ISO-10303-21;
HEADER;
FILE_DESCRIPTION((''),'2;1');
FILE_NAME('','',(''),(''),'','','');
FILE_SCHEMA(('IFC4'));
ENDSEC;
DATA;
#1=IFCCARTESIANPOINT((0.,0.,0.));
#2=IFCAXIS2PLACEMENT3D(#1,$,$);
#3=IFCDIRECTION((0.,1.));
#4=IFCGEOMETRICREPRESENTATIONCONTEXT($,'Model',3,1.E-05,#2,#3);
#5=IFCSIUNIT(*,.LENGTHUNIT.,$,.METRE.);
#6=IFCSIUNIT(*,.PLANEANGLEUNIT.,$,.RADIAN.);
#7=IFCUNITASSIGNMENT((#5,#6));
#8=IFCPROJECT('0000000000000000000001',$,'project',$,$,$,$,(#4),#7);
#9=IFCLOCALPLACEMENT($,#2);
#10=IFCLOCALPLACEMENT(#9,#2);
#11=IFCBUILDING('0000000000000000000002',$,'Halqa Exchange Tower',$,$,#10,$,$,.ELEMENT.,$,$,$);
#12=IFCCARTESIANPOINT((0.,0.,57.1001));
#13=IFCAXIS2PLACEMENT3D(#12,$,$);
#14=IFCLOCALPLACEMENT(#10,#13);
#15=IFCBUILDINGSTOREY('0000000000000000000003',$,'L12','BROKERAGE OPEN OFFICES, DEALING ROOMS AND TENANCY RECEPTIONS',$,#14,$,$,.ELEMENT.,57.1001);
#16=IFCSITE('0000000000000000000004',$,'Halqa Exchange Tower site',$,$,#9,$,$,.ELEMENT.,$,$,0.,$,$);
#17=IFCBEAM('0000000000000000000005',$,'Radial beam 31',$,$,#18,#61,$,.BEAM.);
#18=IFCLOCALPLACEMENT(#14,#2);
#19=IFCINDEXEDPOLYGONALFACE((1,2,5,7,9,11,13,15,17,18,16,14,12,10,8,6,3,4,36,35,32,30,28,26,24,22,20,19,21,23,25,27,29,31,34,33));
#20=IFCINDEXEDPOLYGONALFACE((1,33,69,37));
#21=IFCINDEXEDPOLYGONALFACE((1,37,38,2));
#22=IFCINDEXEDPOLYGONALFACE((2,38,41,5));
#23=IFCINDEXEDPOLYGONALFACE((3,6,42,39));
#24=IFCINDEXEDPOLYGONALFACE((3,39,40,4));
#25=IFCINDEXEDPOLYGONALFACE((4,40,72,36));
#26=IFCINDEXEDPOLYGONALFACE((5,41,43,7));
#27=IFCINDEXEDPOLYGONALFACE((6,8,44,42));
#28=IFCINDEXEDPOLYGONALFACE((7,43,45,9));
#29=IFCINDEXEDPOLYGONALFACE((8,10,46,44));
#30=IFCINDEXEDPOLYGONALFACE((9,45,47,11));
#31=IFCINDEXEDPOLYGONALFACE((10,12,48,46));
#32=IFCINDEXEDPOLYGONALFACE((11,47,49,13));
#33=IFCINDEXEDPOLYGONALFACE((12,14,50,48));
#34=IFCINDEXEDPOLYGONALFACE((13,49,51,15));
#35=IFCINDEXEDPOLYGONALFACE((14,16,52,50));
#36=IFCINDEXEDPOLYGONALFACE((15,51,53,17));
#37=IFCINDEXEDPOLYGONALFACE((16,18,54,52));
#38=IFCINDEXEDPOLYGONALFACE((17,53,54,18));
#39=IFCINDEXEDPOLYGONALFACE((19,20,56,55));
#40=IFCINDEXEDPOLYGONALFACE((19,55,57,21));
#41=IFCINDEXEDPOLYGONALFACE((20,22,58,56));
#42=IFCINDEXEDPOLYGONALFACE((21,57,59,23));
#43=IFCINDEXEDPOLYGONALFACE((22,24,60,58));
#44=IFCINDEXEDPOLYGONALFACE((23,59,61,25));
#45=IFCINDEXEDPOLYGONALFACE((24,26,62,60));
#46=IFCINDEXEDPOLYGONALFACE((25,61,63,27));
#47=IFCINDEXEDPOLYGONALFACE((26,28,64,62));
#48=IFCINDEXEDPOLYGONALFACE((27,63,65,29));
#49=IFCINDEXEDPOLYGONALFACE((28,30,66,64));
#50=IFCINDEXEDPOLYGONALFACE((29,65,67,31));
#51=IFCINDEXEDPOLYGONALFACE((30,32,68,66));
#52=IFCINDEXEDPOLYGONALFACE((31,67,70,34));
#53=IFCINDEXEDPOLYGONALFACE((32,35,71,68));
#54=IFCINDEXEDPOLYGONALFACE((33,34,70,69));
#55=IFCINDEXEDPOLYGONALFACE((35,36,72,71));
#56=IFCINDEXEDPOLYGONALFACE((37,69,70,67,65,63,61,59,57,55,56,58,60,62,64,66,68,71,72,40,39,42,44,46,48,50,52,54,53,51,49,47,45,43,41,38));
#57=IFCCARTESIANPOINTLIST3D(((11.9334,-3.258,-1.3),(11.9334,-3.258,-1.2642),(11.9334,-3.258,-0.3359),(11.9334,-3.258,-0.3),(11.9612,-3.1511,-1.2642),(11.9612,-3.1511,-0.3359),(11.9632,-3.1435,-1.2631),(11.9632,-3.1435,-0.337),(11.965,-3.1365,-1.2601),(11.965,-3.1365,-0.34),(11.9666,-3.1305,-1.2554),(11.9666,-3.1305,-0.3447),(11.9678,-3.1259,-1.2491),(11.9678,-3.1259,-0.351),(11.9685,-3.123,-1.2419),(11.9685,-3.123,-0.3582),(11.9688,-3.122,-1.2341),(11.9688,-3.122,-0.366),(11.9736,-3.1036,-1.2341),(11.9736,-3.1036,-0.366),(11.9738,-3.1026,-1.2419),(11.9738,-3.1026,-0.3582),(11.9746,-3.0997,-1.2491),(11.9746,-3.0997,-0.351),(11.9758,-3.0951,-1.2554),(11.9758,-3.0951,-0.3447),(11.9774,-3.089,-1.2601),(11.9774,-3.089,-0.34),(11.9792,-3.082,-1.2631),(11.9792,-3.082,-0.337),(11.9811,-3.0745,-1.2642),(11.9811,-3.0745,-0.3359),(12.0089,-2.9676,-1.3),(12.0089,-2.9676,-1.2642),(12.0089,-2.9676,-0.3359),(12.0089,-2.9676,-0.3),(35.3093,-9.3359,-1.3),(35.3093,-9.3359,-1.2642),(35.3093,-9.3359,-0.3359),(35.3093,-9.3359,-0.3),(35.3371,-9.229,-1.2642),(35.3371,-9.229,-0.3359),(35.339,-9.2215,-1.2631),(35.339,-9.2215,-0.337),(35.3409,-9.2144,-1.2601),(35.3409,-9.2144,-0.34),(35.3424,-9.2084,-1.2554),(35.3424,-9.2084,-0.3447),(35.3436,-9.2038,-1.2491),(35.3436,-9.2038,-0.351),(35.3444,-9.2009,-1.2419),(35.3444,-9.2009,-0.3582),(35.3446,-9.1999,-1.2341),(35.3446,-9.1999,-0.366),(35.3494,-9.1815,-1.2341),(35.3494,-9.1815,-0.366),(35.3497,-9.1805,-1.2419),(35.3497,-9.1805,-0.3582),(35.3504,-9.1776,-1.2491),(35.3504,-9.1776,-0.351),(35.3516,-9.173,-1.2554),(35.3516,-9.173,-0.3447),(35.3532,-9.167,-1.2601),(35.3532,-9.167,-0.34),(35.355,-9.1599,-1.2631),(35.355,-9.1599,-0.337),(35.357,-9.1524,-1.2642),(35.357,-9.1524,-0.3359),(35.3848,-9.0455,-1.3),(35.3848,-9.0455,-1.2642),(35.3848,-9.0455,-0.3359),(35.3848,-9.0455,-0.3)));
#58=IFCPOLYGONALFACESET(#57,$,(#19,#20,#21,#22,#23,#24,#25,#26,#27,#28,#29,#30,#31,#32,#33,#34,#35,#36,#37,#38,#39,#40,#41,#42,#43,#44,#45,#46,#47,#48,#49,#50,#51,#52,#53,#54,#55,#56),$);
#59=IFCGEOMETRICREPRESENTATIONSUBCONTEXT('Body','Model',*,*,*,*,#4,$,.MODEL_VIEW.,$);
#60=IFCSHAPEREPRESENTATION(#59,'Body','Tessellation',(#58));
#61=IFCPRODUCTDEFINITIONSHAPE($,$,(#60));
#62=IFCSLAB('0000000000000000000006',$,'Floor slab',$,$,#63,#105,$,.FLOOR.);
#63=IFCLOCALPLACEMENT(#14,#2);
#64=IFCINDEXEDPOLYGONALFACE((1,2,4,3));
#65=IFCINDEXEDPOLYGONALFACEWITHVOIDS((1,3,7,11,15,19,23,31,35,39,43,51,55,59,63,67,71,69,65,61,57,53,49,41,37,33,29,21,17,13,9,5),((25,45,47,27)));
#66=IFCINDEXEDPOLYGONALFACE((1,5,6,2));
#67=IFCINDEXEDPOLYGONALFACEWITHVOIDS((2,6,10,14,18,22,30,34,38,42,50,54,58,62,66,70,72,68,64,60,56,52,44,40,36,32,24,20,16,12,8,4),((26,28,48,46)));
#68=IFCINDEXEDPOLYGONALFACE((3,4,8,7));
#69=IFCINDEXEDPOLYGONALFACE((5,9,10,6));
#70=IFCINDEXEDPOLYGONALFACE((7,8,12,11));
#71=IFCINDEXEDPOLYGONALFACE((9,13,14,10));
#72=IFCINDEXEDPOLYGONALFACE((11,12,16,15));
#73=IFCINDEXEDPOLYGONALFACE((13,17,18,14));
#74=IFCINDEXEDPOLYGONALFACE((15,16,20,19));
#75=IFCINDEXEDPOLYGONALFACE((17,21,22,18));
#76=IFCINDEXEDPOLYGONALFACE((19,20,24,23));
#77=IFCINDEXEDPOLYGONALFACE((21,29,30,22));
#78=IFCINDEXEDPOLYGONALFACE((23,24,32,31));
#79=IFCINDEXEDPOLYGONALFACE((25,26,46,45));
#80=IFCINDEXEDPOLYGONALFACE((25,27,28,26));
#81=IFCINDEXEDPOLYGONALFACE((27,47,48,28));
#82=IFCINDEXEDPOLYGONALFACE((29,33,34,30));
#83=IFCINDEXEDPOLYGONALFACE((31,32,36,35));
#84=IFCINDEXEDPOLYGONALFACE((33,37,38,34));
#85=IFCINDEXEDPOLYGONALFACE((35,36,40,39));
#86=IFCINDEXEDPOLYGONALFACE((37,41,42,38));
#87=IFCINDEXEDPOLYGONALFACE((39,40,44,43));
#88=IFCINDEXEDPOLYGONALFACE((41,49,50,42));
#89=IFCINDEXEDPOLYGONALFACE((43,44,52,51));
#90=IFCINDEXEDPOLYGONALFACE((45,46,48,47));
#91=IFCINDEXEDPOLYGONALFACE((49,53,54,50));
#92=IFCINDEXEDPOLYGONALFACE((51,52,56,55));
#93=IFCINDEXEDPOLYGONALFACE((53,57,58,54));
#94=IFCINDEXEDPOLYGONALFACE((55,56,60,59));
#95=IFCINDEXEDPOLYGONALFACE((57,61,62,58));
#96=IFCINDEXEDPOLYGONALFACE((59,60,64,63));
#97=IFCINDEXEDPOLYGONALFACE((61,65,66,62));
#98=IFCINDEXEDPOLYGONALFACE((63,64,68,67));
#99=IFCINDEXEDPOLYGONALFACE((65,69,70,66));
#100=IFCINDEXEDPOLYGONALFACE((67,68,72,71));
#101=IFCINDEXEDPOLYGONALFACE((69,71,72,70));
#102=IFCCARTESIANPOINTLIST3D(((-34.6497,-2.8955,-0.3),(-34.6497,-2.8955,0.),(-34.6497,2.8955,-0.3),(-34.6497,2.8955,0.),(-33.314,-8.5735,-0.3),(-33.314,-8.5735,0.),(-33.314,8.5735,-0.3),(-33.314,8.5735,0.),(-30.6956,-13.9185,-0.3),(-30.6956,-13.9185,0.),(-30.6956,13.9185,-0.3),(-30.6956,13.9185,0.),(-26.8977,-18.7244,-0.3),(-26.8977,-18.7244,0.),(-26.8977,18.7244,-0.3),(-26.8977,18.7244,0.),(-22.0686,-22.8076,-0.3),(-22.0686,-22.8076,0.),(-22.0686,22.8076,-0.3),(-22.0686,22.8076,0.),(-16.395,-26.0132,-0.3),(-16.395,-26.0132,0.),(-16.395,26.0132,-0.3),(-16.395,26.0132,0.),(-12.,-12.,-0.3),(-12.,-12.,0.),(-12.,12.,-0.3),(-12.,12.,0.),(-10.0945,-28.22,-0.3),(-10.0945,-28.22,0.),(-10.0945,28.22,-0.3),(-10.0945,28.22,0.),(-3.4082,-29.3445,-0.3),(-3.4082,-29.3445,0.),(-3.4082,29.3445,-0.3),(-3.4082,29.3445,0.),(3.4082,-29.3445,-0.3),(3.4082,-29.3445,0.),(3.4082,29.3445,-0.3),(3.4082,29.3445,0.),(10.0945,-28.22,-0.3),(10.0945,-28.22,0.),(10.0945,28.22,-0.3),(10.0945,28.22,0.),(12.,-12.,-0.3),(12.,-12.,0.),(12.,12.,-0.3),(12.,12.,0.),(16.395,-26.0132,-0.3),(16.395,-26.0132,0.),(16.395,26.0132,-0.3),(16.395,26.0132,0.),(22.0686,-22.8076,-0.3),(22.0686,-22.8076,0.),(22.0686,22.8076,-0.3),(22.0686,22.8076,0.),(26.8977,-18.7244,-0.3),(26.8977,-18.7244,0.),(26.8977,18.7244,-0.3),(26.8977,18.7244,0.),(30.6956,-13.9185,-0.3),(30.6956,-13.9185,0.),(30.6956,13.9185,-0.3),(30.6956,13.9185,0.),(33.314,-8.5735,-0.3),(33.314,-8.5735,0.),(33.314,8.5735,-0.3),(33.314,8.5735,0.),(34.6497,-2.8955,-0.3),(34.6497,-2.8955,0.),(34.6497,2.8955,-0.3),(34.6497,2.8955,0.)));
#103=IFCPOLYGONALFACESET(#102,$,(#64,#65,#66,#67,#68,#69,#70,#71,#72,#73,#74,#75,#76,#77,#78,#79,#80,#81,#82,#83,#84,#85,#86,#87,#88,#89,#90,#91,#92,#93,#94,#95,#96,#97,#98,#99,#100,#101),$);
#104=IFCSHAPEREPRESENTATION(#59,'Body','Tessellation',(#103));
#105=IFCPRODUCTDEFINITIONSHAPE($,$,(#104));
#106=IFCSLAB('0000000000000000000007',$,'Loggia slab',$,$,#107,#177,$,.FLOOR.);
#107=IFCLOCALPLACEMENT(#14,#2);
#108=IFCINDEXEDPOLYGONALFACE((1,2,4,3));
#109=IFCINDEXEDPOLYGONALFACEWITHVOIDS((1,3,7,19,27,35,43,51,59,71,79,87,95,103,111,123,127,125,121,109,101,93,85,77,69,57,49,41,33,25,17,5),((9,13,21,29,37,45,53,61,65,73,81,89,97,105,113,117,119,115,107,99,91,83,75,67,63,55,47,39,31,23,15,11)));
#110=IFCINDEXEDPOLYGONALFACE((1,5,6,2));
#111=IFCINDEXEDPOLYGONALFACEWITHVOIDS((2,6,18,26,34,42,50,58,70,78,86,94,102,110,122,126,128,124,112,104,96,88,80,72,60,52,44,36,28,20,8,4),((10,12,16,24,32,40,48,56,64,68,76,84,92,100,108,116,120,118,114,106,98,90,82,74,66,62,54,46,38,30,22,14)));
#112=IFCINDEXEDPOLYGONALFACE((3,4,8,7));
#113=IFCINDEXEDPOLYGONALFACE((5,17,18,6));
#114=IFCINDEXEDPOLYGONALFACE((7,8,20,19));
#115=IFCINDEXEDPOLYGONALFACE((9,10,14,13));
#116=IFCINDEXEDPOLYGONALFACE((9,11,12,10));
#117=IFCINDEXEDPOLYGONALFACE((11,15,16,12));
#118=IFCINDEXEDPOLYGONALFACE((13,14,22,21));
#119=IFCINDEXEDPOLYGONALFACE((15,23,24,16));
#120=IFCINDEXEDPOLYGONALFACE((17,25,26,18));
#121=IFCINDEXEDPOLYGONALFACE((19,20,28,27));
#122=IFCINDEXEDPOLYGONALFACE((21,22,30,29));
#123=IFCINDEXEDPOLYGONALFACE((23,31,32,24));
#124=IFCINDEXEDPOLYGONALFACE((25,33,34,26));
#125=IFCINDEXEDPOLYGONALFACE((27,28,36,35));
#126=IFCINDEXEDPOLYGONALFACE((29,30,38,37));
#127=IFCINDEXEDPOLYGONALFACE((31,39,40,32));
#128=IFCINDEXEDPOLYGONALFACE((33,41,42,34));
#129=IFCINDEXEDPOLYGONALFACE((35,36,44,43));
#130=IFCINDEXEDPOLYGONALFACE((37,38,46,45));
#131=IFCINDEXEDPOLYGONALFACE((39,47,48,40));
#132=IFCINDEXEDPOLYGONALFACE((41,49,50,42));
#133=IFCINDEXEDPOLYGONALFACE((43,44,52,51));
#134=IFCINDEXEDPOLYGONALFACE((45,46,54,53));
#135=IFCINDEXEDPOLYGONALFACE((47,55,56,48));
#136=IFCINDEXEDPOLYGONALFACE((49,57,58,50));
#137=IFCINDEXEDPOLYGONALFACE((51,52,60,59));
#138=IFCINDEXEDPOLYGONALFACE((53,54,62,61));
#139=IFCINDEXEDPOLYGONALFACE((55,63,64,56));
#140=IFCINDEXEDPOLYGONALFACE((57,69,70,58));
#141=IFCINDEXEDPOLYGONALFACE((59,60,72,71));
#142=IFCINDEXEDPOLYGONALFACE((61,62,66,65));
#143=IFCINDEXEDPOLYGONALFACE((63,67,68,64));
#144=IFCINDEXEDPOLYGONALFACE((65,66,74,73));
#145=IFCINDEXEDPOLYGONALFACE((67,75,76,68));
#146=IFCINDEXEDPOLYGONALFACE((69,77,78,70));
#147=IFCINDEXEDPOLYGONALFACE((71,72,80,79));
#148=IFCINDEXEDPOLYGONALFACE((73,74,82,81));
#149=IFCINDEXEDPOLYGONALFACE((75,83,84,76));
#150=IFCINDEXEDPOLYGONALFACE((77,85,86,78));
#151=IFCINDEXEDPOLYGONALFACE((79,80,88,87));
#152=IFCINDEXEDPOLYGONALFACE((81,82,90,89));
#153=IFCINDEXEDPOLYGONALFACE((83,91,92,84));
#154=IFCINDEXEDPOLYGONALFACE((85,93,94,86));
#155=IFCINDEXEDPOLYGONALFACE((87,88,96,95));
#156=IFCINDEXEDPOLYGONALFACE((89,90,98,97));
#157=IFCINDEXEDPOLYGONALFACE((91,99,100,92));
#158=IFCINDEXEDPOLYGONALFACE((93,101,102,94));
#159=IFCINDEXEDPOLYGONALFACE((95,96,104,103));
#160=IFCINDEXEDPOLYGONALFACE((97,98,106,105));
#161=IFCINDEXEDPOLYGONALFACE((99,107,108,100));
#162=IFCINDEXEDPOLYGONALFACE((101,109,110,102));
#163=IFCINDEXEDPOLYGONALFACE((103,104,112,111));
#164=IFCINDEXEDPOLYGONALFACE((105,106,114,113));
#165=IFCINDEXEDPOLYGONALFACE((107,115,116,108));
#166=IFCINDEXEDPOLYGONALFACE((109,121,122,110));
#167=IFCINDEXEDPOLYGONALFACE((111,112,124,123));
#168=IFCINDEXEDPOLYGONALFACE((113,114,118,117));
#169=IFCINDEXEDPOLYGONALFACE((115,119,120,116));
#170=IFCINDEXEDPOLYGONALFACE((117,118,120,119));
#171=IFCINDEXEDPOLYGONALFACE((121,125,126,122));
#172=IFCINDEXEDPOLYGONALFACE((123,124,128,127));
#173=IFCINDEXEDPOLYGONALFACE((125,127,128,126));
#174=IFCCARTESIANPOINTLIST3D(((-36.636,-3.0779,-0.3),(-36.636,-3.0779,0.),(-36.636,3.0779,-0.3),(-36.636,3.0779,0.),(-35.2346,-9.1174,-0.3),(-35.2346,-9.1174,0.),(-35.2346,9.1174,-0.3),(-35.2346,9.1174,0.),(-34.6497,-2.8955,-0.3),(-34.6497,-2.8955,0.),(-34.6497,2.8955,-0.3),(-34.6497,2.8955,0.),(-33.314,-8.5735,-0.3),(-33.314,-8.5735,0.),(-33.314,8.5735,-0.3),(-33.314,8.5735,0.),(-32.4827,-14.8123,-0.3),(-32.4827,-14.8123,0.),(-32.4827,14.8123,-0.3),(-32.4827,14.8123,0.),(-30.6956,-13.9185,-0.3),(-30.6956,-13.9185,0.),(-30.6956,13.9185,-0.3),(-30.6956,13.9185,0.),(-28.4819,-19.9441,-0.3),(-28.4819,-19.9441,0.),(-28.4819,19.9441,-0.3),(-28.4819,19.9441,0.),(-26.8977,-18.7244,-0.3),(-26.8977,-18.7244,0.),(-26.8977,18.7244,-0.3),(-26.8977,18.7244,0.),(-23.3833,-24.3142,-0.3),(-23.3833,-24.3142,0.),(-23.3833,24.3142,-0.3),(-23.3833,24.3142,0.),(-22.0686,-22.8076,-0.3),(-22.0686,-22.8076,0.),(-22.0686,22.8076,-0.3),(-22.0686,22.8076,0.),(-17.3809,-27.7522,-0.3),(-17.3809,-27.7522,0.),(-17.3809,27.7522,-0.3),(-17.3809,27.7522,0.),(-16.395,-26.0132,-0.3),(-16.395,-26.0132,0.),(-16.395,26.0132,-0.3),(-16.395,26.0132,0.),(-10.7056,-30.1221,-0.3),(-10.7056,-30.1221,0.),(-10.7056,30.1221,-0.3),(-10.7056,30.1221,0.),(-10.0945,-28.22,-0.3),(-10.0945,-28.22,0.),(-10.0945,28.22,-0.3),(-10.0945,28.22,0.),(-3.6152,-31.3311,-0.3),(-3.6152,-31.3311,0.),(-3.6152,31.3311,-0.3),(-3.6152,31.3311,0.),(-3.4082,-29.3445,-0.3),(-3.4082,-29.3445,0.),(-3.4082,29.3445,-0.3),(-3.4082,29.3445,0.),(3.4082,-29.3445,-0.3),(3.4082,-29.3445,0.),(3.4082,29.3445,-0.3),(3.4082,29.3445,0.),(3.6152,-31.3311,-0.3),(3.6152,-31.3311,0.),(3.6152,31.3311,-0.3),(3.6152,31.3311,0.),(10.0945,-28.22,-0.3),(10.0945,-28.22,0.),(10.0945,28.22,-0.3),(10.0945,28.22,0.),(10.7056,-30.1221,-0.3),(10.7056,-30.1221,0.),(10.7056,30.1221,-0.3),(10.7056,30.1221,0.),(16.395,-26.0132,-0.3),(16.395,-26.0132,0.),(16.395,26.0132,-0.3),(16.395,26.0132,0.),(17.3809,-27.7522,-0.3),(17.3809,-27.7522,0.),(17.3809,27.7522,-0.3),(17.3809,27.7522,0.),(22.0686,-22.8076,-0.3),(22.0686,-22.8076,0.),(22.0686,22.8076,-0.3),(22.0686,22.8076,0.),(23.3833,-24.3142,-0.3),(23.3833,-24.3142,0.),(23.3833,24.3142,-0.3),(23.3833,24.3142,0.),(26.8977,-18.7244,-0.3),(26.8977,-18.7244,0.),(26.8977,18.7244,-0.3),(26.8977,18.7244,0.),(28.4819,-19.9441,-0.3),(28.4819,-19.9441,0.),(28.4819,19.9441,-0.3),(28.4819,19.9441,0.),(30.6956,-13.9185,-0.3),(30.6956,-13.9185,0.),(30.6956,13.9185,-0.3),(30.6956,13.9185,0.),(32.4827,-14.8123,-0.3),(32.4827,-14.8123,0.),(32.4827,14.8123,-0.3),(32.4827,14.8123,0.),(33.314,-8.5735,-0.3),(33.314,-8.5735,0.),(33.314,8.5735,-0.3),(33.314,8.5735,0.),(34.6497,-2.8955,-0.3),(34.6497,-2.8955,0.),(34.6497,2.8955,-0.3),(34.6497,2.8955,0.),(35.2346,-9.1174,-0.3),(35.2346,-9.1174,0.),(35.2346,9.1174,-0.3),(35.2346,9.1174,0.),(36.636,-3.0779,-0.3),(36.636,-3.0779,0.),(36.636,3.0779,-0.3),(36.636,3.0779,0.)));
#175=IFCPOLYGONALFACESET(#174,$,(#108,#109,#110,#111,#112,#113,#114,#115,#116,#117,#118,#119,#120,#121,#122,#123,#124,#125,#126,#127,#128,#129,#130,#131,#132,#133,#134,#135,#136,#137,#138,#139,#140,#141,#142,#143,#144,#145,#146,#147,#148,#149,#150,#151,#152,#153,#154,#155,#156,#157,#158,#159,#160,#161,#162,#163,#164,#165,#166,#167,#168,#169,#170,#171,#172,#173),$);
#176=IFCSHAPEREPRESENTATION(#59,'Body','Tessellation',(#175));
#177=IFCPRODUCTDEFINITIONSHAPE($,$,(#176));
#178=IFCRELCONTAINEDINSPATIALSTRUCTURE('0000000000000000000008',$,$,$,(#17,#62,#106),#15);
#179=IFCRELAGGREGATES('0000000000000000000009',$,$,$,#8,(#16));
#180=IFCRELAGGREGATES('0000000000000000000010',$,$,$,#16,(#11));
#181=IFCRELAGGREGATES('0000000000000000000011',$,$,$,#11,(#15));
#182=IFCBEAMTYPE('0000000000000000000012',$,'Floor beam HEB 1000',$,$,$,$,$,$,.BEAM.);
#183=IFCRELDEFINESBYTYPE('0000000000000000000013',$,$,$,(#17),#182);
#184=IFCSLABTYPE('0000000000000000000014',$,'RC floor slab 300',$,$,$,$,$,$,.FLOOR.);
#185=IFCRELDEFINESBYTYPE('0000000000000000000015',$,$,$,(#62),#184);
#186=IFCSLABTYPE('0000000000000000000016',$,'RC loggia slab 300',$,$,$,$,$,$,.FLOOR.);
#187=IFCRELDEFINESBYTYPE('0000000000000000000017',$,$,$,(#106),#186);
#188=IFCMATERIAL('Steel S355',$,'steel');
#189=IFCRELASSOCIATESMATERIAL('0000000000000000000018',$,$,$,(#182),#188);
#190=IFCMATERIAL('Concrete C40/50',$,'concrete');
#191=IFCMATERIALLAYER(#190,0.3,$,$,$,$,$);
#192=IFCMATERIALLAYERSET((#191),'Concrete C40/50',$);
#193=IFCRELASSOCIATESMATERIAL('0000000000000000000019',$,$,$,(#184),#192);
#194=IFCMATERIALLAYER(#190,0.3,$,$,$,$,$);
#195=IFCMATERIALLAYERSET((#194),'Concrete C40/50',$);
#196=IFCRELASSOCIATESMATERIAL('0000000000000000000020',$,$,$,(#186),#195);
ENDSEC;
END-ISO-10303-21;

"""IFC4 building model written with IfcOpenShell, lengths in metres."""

from ifc_helpers import new_model, si_unit, direction, frame, origin, origin_2d, place, context, subcontext, project, spatial, polyline, i_section, outline, extrude, material, layer, layer_set, material_profile, profile_set, type_object, element, save


model = new_model("IFC4")

# Units and contexts
model_context = context("Model", 3, precision=1e-05, world=origin(), true_north=direction((0.0, 1.0)))
body_context = subcontext(model_context, "Body", "Model", "MODEL_VIEW")
ifc_project = project(units=[si_unit("LENGTHUNIT", "METRE"), si_unit("PLANEANGLEUNIT", "RADIAN")], contexts=[model_context])

# Site, building, storey
site_placement = place(None, origin())
site = spatial("IfcSite", under=ifc_project, at=site_placement, Name="Halqa Exchange Tower site", CompositionType="ELEMENT", RefElevation=0.0)
building_placement = place(site_placement, origin())
building = spatial("IfcBuilding", under=site, at=building_placement, Name="Halqa Exchange Tower", CompositionType="ELEMENT")
storey_placement = place(building_placement, frame((0.0, 0.0, 57.1001)))
storey = spatial("IfcBuildingStorey", under=building, at=storey_placement, Name="L12", Description="BROKERAGE OPEN OFFICES, DEALING ROOMS AND TENANCY RECEPTIONS", CompositionType="ELEMENT", Elevation=57.1001)

# Beam
ifc_material_1 = material(Name="Steel S355", Category="steel")
ifc_material_profile = material_profile(ifc_material_1, i_section(OverallWidth=0.3, OverallDepth=1.0, WebThickness=0.019, FlangeThickness=0.0359, FilletRadius=0.03, at=origin_2d()), Name="HEB 1000")
ifc_profile_set = profile_set([ifc_material_profile], Name="Steel S355")
beam_type = type_object("IfcBeamType", Name="Floor beam HEB 1000", PredefinedType="BEAM", material=ifc_profile_set)
beam_placement = place(storey_placement, frame((11.9712, -3.1128, -0.8), z_axis=(0.967821, -0.251641, 0.0), x_axis=(0.251641, 0.967821, 0.0)))
element("IfcBeam", 1, at=beam_placement, inside=storey, type_object=beam_type, Name="Radial beam 31", PredefinedType="BEAM", context=body_context, shape_type="SweptSolid", body=[
    extrude(i_section(OverallWidth=0.3, OverallDepth=1.0, WebThickness=0.019, FlangeThickness=0.0359, FilletRadius=0.03, at=origin_2d()), origin(), (0.0, 0.0, 1.0), 24.1531),
])

# Slabs
ifc_material_2 = material(Name="Concrete C40/50", Category="concrete")
ifc_layer_1 = layer(ifc_material_2, 0.3)
ifc_layer_set_1 = layer_set([ifc_layer_1], Name="Concrete C40/50")
slab_type_1 = type_object("IfcSlabType", Name="RC floor slab 300", PredefinedType="FLOOR", material=ifc_layer_set_1)
slab_1_placement = place(storey_placement, frame((0.0, 0.0, -0.3)))
element("IfcSlab", 2, at=slab_1_placement, inside=storey, type_object=slab_type_1, Name="Floor slab", PredefinedType="FLOOR", context=body_context, shape_type="SweptSolid", body=[
    extrude(outline(polyline([(34.6497, 2.8955), (33.314, 8.5735), (30.6956, 13.9185), (26.8977, 18.7244), (22.0686, 22.8076), (16.395, 26.0132), (10.0945, 28.22), (3.4082, 29.3445), (-3.4082, 29.3445), (-10.0945, 28.22), (-16.395, 26.0132), (-22.0686, 22.8076), (-26.8977, 18.7244), (-30.6956, 13.9185), (-33.314, 8.5735), (-34.6497, 2.8955), (-34.6497, -2.8955), (-33.314, -8.5735), (-30.6956, -13.9185), (-26.8977, -18.7244), (-22.0686, -22.8076), (-16.395, -26.0132), (-10.0945, -28.22), (-3.4082, -29.3445), (3.4082, -29.3445), (10.0945, -28.22), (16.395, -26.0132), (22.0686, -22.8076), (26.8977, -18.7244), (30.6956, -13.9185), (33.314, -8.5735), (34.6497, -2.8955), (34.6497, 2.8955)]), holes=[polyline([(-12.0, -12.0), (12.0, -12.0), (12.0, 12.0), (-12.0, 12.0), (-12.0, -12.0)])]), origin(), (0.0, 0.0, 1.0), 0.3),
])
ifc_layer_2 = layer(ifc_material_2, 0.3)
ifc_layer_set_2 = layer_set([ifc_layer_2], Name="Concrete C40/50")
slab_type_2 = type_object("IfcSlabType", Name="RC loggia slab 300", PredefinedType="FLOOR", material=ifc_layer_set_2)
slab_2_placement = place(storey_placement, frame((0.0, 0.0, -0.3)))
element("IfcSlab", 3, at=slab_2_placement, inside=storey, type_object=slab_type_2, Name="Loggia slab", PredefinedType="FLOOR", context=body_context, shape_type="SweptSolid", body=[
    extrude(outline(polyline([(36.636, 3.0779), (36.636, -3.0779), (35.2346, -9.1174), (32.4827, -14.8123), (28.4819, -19.9441), (23.3833, -24.3142), (17.3809, -27.7522), (10.7056, -30.1221), (3.6152, -31.3311), (-3.6152, -31.3311), (-10.7056, -30.1221), (-17.3809, -27.7522), (-23.3833, -24.3142), (-28.4819, -19.9441), (-32.4827, -14.8123), (-35.2346, -9.1174), (-36.636, -3.0779), (-36.636, 3.0779), (-35.2346, 9.1174), (-32.4827, 14.8123), (-28.4819, 19.9441), (-23.3833, 24.3142), (-17.3809, 27.7522), (-10.7056, 30.1221), (-3.6152, 31.3311), (3.6152, 31.3311), (10.7056, 30.1221), (17.3809, 27.7522), (23.3833, 24.3142), (28.4819, 19.9441), (32.4827, 14.8123), (35.2346, 9.1174), (36.636, 3.0779)]), holes=[polyline([(34.6497, 2.8955), (33.314, 8.5735), (30.6956, 13.9185), (26.8977, 18.7244), (22.0686, 22.8076), (16.395, 26.0132), (10.0945, 28.22), (3.4082, 29.3445), (-3.4082, 29.3445), (-10.0945, 28.22), (-16.395, 26.0132), (-22.0686, 22.8076), (-26.8977, 18.7244), (-30.6956, 13.9185), (-33.314, 8.5735), (-34.6497, 2.8955), (-34.6497, -2.8955), (-33.314, -8.5735), (-30.6956, -13.9185), (-26.8977, -18.7244), (-22.0686, -22.8076), (-16.395, -26.0132), (-10.0945, -28.22), (-3.4082, -29.3445), (3.4082, -29.3445), (10.0945, -28.22), (16.395, -26.0132), (22.0686, -22.8076), (26.8977, -18.7244), (30.6956, -13.9185), (33.314, -8.5735), (34.6497, -2.8955), (34.6497, 2.8955)])]), origin(), (0.0, 0.0, 1.0), 0.3),
])

save(model, "model.ifc")
